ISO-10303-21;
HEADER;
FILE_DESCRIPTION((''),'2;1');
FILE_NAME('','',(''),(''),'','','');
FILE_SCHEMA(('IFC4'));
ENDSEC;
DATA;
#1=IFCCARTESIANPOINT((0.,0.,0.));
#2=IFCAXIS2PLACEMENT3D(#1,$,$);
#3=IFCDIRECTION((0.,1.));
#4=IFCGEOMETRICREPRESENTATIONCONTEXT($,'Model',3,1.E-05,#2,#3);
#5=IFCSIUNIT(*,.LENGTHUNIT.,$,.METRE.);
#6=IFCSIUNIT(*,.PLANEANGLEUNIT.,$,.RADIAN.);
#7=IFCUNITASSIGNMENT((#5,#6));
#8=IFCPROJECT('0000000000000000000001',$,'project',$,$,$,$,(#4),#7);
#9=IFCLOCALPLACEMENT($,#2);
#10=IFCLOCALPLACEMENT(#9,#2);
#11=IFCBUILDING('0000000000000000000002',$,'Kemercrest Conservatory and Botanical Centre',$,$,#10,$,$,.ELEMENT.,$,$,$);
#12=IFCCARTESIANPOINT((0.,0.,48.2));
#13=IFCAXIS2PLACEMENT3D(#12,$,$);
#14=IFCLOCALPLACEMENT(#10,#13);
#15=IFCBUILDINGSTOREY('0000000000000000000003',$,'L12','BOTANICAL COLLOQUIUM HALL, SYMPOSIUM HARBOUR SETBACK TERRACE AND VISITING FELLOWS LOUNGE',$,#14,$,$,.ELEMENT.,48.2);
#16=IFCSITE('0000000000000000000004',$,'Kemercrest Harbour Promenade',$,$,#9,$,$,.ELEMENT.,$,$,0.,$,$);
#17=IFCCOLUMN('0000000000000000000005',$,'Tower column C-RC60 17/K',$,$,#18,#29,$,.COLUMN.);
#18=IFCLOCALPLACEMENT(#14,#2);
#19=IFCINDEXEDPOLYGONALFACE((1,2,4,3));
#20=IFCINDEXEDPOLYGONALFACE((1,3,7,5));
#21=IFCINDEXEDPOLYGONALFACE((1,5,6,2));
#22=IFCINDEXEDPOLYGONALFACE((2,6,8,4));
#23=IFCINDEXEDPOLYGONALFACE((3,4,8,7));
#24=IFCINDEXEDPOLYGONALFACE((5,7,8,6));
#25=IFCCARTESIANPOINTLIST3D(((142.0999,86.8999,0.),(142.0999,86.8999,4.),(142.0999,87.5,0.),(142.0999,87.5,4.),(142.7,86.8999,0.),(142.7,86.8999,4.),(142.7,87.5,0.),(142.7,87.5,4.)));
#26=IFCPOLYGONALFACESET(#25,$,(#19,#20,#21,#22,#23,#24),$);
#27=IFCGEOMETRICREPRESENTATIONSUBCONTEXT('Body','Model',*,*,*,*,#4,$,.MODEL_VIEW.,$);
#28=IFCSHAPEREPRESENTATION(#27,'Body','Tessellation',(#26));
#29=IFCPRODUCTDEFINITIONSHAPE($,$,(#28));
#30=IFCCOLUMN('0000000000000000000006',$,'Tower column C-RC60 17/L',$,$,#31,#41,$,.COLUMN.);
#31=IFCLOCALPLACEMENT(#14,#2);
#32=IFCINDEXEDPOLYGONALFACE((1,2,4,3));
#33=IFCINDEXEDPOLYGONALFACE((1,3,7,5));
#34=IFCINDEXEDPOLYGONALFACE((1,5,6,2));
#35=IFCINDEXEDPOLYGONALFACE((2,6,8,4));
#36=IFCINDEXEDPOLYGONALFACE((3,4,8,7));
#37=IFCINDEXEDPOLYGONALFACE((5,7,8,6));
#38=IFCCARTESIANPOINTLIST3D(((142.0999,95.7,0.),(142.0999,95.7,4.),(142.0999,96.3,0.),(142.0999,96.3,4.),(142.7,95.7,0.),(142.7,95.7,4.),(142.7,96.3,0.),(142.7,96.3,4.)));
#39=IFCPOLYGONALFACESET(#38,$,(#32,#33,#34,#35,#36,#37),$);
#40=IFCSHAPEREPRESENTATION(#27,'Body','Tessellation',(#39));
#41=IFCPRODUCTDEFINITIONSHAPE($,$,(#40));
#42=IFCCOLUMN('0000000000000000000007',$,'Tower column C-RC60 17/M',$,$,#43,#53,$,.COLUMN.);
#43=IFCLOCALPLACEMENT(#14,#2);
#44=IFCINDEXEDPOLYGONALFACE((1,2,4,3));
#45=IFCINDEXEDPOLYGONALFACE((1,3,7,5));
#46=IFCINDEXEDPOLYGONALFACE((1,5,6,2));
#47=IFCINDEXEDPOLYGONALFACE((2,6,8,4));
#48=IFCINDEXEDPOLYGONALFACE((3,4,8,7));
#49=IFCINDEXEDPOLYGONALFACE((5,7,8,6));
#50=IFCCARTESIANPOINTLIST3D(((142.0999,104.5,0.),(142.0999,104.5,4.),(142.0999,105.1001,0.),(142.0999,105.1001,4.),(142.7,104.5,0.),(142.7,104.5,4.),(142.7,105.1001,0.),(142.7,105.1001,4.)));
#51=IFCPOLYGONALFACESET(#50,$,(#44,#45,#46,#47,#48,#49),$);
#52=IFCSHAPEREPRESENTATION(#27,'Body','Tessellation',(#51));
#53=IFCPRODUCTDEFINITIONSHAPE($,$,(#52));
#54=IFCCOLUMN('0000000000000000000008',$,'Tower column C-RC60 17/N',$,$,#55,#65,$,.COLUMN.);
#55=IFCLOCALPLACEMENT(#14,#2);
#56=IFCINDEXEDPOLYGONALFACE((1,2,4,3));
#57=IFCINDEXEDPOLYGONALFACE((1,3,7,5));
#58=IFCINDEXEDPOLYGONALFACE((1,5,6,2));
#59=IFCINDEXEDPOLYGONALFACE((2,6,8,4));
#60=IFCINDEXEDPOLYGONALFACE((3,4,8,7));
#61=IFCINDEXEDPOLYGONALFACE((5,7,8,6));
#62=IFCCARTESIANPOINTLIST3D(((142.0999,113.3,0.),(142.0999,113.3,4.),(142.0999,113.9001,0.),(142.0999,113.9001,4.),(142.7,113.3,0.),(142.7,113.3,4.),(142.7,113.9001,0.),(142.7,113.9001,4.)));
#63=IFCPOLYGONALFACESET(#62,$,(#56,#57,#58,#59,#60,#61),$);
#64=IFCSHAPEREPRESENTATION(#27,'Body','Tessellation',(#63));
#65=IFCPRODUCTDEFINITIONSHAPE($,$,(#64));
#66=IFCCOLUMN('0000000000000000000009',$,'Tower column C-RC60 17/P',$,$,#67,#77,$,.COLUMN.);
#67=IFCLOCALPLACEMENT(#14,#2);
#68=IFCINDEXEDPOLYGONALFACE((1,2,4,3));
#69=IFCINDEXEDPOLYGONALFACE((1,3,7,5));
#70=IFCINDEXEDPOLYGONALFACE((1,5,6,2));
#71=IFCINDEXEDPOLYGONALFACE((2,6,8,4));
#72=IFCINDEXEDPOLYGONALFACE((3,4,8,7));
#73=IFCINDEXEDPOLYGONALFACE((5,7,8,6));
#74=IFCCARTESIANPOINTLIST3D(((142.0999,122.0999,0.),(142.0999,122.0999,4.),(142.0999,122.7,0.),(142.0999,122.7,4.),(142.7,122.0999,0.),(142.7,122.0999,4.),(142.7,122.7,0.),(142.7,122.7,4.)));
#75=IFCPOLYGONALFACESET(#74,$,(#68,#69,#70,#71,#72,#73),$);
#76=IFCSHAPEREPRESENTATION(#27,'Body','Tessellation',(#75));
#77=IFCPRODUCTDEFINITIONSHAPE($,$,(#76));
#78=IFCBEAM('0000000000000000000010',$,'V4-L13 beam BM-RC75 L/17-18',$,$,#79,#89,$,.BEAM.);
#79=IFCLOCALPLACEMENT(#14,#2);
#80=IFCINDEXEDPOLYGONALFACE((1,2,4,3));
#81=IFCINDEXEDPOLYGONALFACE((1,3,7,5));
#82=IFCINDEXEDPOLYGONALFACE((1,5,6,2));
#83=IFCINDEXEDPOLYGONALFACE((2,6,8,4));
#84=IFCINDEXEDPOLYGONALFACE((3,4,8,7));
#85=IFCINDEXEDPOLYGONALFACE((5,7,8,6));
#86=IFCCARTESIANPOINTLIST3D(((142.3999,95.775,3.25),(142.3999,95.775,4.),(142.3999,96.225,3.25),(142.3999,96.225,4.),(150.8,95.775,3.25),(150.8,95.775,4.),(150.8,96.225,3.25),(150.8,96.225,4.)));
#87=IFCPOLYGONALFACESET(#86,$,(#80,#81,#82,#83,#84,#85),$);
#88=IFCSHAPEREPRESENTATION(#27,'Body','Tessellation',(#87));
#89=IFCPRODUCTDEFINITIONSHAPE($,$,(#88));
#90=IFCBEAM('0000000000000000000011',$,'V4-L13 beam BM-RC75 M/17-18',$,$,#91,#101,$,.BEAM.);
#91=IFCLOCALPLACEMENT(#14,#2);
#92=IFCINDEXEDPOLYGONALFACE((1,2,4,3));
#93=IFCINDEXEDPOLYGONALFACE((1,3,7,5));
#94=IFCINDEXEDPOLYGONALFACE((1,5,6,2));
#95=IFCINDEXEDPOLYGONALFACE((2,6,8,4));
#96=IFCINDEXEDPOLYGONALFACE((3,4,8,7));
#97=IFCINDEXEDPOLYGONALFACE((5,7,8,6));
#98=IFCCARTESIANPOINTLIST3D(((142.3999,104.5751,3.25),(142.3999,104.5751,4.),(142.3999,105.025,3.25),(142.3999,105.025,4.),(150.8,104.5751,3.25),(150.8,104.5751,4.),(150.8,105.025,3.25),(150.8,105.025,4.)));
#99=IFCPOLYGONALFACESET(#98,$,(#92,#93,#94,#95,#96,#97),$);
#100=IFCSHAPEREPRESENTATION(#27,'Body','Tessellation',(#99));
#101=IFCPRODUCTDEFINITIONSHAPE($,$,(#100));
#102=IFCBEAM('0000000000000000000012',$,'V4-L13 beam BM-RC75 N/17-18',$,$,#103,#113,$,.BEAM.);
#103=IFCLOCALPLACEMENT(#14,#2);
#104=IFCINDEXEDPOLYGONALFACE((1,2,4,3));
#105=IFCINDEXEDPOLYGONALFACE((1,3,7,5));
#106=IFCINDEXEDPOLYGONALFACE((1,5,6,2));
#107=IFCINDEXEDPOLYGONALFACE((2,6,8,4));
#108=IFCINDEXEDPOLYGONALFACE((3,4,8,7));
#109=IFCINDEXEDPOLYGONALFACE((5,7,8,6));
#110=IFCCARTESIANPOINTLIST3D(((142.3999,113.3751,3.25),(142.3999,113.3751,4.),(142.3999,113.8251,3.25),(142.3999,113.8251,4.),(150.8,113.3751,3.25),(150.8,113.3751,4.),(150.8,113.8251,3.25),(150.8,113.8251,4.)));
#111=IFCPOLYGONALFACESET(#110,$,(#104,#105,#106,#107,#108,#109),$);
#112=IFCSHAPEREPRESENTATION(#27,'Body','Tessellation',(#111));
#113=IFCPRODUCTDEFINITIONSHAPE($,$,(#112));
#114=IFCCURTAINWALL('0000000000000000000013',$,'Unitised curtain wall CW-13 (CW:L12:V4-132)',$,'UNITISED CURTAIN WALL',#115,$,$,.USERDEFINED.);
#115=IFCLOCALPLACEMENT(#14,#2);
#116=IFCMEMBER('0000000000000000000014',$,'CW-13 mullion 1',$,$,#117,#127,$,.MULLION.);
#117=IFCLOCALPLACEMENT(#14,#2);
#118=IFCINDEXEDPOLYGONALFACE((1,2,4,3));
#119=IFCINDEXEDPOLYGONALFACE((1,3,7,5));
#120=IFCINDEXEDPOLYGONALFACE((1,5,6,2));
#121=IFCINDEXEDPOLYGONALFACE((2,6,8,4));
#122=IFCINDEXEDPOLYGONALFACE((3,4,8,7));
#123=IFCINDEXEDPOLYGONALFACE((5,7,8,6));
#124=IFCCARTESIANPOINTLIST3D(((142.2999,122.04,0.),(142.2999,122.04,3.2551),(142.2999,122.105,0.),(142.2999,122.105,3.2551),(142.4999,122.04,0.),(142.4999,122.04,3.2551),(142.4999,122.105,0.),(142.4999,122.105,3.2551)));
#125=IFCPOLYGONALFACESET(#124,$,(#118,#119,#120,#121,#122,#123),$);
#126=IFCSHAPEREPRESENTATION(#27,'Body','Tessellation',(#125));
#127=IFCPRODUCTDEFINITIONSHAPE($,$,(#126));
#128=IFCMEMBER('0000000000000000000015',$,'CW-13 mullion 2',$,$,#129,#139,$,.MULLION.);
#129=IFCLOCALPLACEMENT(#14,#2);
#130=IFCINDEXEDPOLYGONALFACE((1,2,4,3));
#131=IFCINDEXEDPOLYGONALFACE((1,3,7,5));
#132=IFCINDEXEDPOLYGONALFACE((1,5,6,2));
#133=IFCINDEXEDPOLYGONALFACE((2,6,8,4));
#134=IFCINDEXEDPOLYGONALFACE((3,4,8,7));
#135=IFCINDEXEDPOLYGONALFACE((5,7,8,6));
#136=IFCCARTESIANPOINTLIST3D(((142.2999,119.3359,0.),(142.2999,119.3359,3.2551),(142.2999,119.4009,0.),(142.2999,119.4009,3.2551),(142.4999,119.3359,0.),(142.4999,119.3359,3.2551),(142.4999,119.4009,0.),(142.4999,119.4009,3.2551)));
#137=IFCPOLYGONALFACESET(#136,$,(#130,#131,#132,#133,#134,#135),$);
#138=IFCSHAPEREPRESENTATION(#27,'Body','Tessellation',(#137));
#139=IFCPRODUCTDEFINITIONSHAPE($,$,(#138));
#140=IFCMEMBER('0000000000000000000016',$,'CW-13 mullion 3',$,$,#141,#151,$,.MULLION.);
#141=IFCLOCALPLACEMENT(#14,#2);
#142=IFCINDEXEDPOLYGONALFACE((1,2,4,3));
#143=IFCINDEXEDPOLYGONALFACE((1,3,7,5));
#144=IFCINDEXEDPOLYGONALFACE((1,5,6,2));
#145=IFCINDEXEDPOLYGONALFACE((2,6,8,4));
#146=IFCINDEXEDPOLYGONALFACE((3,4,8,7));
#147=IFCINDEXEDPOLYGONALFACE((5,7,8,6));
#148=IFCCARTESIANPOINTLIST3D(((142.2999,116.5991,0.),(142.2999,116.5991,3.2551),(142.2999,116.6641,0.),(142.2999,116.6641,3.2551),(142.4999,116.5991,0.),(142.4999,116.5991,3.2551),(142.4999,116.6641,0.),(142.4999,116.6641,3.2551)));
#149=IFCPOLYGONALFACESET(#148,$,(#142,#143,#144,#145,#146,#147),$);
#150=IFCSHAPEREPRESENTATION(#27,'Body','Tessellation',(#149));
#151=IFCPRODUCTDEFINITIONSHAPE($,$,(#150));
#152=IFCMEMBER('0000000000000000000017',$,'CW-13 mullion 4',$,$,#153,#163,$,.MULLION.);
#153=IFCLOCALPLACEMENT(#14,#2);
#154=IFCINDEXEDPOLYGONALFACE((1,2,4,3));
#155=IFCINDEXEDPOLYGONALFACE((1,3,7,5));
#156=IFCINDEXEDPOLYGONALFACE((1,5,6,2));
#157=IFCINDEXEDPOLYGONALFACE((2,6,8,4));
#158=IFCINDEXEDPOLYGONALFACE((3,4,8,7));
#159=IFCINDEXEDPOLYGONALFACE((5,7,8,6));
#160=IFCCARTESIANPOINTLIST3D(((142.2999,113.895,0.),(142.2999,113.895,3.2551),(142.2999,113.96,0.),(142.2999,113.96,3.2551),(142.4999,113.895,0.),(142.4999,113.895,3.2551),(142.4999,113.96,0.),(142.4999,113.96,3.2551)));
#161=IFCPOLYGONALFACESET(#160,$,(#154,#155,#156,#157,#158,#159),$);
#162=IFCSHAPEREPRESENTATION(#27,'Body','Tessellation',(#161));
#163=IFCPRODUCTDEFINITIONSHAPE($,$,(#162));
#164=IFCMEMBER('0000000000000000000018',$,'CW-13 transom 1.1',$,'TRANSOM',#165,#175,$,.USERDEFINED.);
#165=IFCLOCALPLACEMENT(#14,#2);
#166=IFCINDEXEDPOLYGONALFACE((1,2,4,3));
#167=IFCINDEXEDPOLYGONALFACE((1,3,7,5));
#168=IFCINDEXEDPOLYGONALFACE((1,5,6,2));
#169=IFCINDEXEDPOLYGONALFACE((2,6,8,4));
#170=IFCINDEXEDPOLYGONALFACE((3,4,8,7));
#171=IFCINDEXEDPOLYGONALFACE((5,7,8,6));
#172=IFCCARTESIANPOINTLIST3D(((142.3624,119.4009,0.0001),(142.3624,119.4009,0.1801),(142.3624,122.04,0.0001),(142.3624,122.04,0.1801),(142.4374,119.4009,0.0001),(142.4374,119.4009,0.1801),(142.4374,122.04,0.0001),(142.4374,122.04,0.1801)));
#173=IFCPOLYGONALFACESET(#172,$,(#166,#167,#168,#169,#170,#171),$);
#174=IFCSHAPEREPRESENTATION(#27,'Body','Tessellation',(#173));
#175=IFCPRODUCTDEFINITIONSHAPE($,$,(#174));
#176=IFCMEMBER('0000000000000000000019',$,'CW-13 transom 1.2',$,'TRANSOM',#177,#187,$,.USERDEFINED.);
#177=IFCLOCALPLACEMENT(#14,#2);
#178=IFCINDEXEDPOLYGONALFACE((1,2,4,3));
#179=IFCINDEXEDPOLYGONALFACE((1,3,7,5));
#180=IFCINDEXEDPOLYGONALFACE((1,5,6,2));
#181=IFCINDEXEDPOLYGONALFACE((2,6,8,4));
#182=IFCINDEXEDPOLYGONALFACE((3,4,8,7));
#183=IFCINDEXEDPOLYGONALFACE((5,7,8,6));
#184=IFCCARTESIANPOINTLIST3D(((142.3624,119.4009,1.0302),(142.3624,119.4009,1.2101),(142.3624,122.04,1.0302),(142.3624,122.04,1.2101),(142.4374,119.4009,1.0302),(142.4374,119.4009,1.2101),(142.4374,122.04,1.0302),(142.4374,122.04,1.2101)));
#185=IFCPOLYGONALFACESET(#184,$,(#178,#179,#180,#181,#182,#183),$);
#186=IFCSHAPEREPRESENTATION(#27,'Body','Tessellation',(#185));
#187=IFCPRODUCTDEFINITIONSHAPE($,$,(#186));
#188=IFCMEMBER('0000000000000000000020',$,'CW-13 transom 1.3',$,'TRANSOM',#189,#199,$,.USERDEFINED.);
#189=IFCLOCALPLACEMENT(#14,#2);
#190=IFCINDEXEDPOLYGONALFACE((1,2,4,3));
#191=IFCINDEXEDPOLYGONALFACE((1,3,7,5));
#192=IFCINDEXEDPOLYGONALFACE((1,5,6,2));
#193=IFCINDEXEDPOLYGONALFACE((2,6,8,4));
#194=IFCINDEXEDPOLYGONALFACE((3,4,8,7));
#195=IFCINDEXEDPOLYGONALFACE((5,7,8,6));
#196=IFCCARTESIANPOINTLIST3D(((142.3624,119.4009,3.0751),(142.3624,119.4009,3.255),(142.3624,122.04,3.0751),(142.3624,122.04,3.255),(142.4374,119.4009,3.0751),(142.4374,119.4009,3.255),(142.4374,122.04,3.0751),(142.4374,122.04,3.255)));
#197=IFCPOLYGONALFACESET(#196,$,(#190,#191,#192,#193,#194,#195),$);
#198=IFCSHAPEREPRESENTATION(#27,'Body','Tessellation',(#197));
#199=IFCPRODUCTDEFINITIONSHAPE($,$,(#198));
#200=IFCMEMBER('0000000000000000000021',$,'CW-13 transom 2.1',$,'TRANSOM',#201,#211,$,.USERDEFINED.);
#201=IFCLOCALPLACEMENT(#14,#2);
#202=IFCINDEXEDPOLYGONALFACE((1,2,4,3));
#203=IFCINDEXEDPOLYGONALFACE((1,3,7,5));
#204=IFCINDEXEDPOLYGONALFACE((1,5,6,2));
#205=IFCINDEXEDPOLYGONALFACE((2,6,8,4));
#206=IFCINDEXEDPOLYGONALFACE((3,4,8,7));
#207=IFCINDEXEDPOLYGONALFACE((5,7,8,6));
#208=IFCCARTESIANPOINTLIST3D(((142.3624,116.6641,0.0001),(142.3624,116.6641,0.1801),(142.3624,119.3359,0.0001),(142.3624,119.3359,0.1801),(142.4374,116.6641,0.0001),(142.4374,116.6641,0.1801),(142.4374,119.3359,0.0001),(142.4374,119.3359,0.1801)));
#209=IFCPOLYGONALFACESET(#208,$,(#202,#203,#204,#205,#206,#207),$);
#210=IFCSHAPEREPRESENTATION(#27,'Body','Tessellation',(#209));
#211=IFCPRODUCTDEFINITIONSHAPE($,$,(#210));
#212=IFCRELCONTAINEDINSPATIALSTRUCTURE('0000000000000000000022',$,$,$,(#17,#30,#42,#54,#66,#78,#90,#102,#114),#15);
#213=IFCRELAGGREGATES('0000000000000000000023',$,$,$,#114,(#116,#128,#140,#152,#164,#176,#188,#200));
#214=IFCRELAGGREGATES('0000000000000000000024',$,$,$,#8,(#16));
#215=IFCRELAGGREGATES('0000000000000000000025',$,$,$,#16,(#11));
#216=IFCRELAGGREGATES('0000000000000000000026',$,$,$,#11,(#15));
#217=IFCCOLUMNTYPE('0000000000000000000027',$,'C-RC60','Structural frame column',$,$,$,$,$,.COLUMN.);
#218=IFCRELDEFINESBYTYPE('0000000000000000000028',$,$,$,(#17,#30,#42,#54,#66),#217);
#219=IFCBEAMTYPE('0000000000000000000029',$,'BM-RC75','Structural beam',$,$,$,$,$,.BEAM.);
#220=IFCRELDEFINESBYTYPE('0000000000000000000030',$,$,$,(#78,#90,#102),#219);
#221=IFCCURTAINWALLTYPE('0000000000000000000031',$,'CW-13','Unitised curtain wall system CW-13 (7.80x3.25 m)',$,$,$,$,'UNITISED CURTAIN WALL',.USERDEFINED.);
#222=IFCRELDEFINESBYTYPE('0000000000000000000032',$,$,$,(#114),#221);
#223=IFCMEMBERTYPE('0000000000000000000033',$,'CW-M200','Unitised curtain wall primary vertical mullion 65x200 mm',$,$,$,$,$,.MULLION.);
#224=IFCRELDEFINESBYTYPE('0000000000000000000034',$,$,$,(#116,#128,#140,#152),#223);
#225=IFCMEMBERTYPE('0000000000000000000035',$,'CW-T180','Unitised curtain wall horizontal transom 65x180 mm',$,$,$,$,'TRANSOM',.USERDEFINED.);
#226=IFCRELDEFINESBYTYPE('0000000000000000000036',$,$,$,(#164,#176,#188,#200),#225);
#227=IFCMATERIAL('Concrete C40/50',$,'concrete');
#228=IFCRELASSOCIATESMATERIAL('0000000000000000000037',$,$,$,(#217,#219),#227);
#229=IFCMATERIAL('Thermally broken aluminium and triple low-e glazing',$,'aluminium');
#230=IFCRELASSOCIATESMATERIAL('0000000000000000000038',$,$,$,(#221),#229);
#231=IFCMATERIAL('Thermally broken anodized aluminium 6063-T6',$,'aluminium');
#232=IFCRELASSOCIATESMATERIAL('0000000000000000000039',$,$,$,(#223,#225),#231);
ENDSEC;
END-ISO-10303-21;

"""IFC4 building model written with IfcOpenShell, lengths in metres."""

from ifc_helpers import new_model, si_unit, direction, frame, origin, origin_2d, place, context, subcontext, project, spatial, rectangle, extrude, material, material_profile, profile_set, type_object, element, aggregate, save


model = new_model("IFC4")

# Units and contexts
model_context = context("Model", 3, precision=1e-05, world=origin(), true_north=direction((0.0, 1.0)))
body_context = subcontext(model_context, "Body", "Model", "MODEL_VIEW")
ifc_project = project(units=[si_unit("LENGTHUNIT", "METRE"), si_unit("PLANEANGLEUNIT", "RADIAN")], contexts=[model_context])

# Site, building, storey
site_placement = place(None, origin())
site = spatial("IfcSite", under=ifc_project, at=site_placement, Name="Kemercrest Harbour Promenade", CompositionType="ELEMENT", RefElevation=0.0)
building_placement = place(site_placement, origin())
building = spatial("IfcBuilding", under=site, at=building_placement, Name="Kemercrest Conservatory and Botanical Centre", CompositionType="ELEMENT")
storey_placement = place(building_placement, frame((0.0, 0.0, 48.2)))
storey = spatial("IfcBuildingStorey", under=building, at=storey_placement, Name="L12", Description="BOTANICAL COLLOQUIUM HALL, SYMPOSIUM HARBOUR SETBACK TERRACE AND VISITING FELLOWS LOUNGE", CompositionType="ELEMENT", Elevation=48.2)

# Columns
ifc_material_1 = material(Name="Concrete C40/50", Category="concrete")
ifc_material_profile_1 = material_profile(ifc_material_1, rectangle(XDim=0.6001, YDim=0.6001, at=origin_2d()), Name="RC 600x600")
ifc_profile_set_1 = profile_set([ifc_material_profile_1], Name="Concrete C40/50")
column_type = type_object("IfcColumnType", Name="C-RC60", Description="Structural frame column", PredefinedType="COLUMN", material=ifc_profile_set_1)
for number, where, z_axis, x_axis, name in (
    (1, (142.3999, 87.2, 0.0), (0.0, 0.0, 1.0), (1.0, 0.0, 0.0), "Tower column C-RC60 17/K"),
    (2, (142.3999, 96.0, 0.0), (0.0, 0.0, 1.0), (1.0, 0.0, 0.0), "Tower column C-RC60 17/L"),
    (3, (142.3999, 104.8, 0.0), (0.0, 0.0, 1.0), (1.0, 0.0, 0.0), "Tower column C-RC60 17/M"),
    (4, (142.3999, 113.6001, 0.0), (0.0, 0.0, 1.0), (1.0, 0.0, 0.0), "Tower column C-RC60 17/N"),
    (5, (142.3999, 122.3999, 0.0), (0.0, 0.0, 1.0), (1.0, 0.0, 0.0), "Tower column C-RC60 17/P"),
):
    element("IfcColumn", number, at=place(storey_placement, frame(where, z_axis=z_axis, x_axis=x_axis)), inside=storey, type_object=column_type, Name=name, PredefinedType="COLUMN", context=body_context, shape_type="SweptSolid", body=[
        extrude(rectangle(XDim=0.6001, YDim=0.6001, at=origin_2d()), origin(), (0.0, 0.0, 1.0), 4.0),
    ])

# Beams
ifc_material_profile_2 = material_profile(ifc_material_1, rectangle(XDim=0.45, YDim=0.75, at=origin_2d()), Name="RC 450x750")
ifc_profile_set_2 = profile_set([ifc_material_profile_2], Name="Concrete C40/50")
beam_type_1 = type_object("IfcBeamType", Name="BM-RC75", Description="Structural beam", PredefinedType="BEAM", material=ifc_profile_set_2)
for number, where, z_axis, x_axis, name in (
    (6, (142.3999, 96.0, 3.625), (1.0, 0.0, 0.0), (0.0, 1.0, 0.0), "V4-L13 beam BM-RC75 L/17-18"),
    (7, (142.3999, 104.8, 3.625), (1.0, 0.0, 0.0), (0.0, 1.0, 0.0), "V4-L13 beam BM-RC75 M/17-18"),
    (8, (142.3999, 113.6001, 3.625), (1.0, 0.0, 0.0), (0.0, 1.0, 0.0), "V4-L13 beam BM-RC75 N/17-18"),
):
    element("IfcBeam", number, at=place(storey_placement, frame(where, z_axis=z_axis, x_axis=x_axis)), inside=storey, type_object=beam_type_1, Name=name, PredefinedType="BEAM", context=body_context, shape_type="SweptSolid", body=[
        extrude(rectangle(XDim=0.45, YDim=0.75, at=origin_2d()), origin(), (0.0, 0.0, 1.0), 8.4001),
    ])

# Curtain wall, members
ifc_material_2 = material(Name="Thermally broken aluminium and triple low-e glazing", Category="aluminium")
curtain_wall_type = type_object("IfcCurtainWallType", Name="CW-13", Description="Unitised curtain wall system CW-13 (7.80x3.25 m)", ElementType="UNITISED CURTAIN WALL", PredefinedType="USERDEFINED", material=ifc_material_2)
curtain_wall_placement = place(storey_placement, origin())
curtain_wall = element("IfcCurtainWall", 9, at=curtain_wall_placement, inside=storey, type_object=curtain_wall_type, Name="Unitised curtain wall CW-13 (CW:L12:V4-132)", ObjectType="UNITISED CURTAIN WALL", PredefinedType="USERDEFINED")
ifc_material_3 = material(Name="Thermally broken anodized aluminium 6063-T6", Category="aluminium")
ifc_material_profile_3 = material_profile(ifc_material_3, rectangle(XDim=0.2, YDim=0.0649, at=origin_2d()), Name="AL MULLION 65x200")
ifc_profile_set_3 = profile_set([ifc_material_profile_3], Name="Thermally broken anodized aluminium 6063-T6")
member_type_1 = type_object("IfcMemberType", Name="CW-M200", Description="Unitised curtain wall primary vertical mullion 65x200 mm", PredefinedType="MULLION", material=ifc_profile_set_3)
member_1_placement = place(storey_placement, frame((142.3999, 122.0725, 0.0), z_axis=(0.0, 0.0, 1.0), x_axis=(1.0, 0.0, 0.0)))
member_1 = element("IfcMember", 10, at=member_1_placement, type_object=member_type_1, Name="CW-13 mullion 1", PredefinedType="MULLION", context=body_context, shape_type="SweptSolid", body=[
    extrude(rectangle(XDim=0.2, YDim=0.0649, at=origin_2d()), origin(), (0.0, 0.0, 1.0), 3.2551),
])
member_2_placement = place(storey_placement, frame((142.3999, 119.3684, 0.0), z_axis=(0.0, 0.0, 1.0), x_axis=(1.0, 0.0, 0.0)))
member_2 = element("IfcMember", 11, at=member_2_placement, type_object=member_type_1, Name="CW-13 mullion 2", PredefinedType="MULLION", context=body_context, shape_type="SweptSolid", body=[
    extrude(rectangle(XDim=0.2, YDim=0.0649, at=origin_2d()), origin(), (0.0, 0.0, 1.0), 3.2551),
])
member_3_placement = place(storey_placement, frame((142.3999, 116.6316, 0.0), z_axis=(0.0, 0.0, 1.0), x_axis=(1.0, 0.0, 0.0)))
member_3 = element("IfcMember", 12, at=member_3_placement, type_object=member_type_1, Name="CW-13 mullion 3", PredefinedType="MULLION", context=body_context, shape_type="SweptSolid", body=[
    extrude(rectangle(XDim=0.2, YDim=0.0649, at=origin_2d()), origin(), (0.0, 0.0, 1.0), 3.2551),
])
member_4_placement = place(storey_placement, frame((142.3999, 113.9275, 0.0), z_axis=(0.0, 0.0, 1.0), x_axis=(1.0, 0.0, 0.0)))
member_4 = element("IfcMember", 13, at=member_4_placement, type_object=member_type_1, Name="CW-13 mullion 4", PredefinedType="MULLION", context=body_context, shape_type="SweptSolid", body=[
    extrude(rectangle(XDim=0.2, YDim=0.0649, at=origin_2d()), origin(), (0.0, 0.0, 1.0), 3.2551),
])
ifc_material_profile_4 = material_profile(ifc_material_3, rectangle(XDim=0.075, YDim=0.1799, at=origin_2d()), Name="AL TRANSOM 75x180")
ifc_profile_set_4 = profile_set([ifc_material_profile_4], Name="Thermally broken anodized aluminium 6063-T6")
member_type_2 = type_object("IfcMemberType", Name="CW-T180", Description="Unitised curtain wall horizontal transom 65x180 mm", ElementType="TRANSOM", PredefinedType="USERDEFINED", material=ifc_profile_set_4)
member_5_placement = place(storey_placement, frame((142.3999, 122.04, 0.0901), z_axis=(0.0, -1.0, 0.0), x_axis=(1.0, 0.0, 0.0)))
member_5 = element("IfcMember", 14, at=member_5_placement, type_object=member_type_2, Name="CW-13 transom 1.1", ObjectType="TRANSOM", PredefinedType="USERDEFINED", context=body_context, shape_type="SweptSolid", body=[
    extrude(rectangle(XDim=0.075, YDim=0.1799, at=origin_2d()), origin(), (0.0, 0.0, 1.0), 2.6392),
])
member_6_placement = place(storey_placement, frame((142.3999, 122.04, 1.1201), z_axis=(0.0, -1.0, 0.0), x_axis=(1.0, 0.0, 0.0)))
member_6 = element("IfcMember", 15, at=member_6_placement, type_object=member_type_2, Name="CW-13 transom 1.2", ObjectType="TRANSOM", PredefinedType="USERDEFINED", context=body_context, shape_type="SweptSolid", body=[
    extrude(rectangle(XDim=0.075, YDim=0.1799, at=origin_2d()), origin(), (0.0, 0.0, 1.0), 2.6392),
])
member_7_placement = place(storey_placement, frame((142.3999, 122.04, 3.165), z_axis=(0.0, -1.0, 0.0), x_axis=(1.0, 0.0, 0.0)))
member_7 = element("IfcMember", 16, at=member_7_placement, type_object=member_type_2, Name="CW-13 transom 1.3", ObjectType="TRANSOM", PredefinedType="USERDEFINED", context=body_context, shape_type="SweptSolid", body=[
    extrude(rectangle(XDim=0.075, YDim=0.1799, at=origin_2d()), origin(), (0.0, 0.0, 1.0), 2.6392),
])
member_8_placement = place(storey_placement, frame((142.3999, 119.3359, 0.0901), z_axis=(0.0, -1.0, 0.0), x_axis=(1.0, 0.0, 0.0)))
member_8 = element("IfcMember", 17, at=member_8_placement, type_object=member_type_2, Name="CW-13 transom 2.1", ObjectType="TRANSOM", PredefinedType="USERDEFINED", context=body_context, shape_type="SweptSolid", body=[
    extrude(rectangle(XDim=0.075, YDim=0.1799, at=origin_2d()), origin(), (0.0, 0.0, 1.0), 2.6719),
])

aggregate(curtain_wall, [member_1, member_2, member_3, member_4, member_5, member_6, member_7, member_8])

save(model, "model.ifc")
